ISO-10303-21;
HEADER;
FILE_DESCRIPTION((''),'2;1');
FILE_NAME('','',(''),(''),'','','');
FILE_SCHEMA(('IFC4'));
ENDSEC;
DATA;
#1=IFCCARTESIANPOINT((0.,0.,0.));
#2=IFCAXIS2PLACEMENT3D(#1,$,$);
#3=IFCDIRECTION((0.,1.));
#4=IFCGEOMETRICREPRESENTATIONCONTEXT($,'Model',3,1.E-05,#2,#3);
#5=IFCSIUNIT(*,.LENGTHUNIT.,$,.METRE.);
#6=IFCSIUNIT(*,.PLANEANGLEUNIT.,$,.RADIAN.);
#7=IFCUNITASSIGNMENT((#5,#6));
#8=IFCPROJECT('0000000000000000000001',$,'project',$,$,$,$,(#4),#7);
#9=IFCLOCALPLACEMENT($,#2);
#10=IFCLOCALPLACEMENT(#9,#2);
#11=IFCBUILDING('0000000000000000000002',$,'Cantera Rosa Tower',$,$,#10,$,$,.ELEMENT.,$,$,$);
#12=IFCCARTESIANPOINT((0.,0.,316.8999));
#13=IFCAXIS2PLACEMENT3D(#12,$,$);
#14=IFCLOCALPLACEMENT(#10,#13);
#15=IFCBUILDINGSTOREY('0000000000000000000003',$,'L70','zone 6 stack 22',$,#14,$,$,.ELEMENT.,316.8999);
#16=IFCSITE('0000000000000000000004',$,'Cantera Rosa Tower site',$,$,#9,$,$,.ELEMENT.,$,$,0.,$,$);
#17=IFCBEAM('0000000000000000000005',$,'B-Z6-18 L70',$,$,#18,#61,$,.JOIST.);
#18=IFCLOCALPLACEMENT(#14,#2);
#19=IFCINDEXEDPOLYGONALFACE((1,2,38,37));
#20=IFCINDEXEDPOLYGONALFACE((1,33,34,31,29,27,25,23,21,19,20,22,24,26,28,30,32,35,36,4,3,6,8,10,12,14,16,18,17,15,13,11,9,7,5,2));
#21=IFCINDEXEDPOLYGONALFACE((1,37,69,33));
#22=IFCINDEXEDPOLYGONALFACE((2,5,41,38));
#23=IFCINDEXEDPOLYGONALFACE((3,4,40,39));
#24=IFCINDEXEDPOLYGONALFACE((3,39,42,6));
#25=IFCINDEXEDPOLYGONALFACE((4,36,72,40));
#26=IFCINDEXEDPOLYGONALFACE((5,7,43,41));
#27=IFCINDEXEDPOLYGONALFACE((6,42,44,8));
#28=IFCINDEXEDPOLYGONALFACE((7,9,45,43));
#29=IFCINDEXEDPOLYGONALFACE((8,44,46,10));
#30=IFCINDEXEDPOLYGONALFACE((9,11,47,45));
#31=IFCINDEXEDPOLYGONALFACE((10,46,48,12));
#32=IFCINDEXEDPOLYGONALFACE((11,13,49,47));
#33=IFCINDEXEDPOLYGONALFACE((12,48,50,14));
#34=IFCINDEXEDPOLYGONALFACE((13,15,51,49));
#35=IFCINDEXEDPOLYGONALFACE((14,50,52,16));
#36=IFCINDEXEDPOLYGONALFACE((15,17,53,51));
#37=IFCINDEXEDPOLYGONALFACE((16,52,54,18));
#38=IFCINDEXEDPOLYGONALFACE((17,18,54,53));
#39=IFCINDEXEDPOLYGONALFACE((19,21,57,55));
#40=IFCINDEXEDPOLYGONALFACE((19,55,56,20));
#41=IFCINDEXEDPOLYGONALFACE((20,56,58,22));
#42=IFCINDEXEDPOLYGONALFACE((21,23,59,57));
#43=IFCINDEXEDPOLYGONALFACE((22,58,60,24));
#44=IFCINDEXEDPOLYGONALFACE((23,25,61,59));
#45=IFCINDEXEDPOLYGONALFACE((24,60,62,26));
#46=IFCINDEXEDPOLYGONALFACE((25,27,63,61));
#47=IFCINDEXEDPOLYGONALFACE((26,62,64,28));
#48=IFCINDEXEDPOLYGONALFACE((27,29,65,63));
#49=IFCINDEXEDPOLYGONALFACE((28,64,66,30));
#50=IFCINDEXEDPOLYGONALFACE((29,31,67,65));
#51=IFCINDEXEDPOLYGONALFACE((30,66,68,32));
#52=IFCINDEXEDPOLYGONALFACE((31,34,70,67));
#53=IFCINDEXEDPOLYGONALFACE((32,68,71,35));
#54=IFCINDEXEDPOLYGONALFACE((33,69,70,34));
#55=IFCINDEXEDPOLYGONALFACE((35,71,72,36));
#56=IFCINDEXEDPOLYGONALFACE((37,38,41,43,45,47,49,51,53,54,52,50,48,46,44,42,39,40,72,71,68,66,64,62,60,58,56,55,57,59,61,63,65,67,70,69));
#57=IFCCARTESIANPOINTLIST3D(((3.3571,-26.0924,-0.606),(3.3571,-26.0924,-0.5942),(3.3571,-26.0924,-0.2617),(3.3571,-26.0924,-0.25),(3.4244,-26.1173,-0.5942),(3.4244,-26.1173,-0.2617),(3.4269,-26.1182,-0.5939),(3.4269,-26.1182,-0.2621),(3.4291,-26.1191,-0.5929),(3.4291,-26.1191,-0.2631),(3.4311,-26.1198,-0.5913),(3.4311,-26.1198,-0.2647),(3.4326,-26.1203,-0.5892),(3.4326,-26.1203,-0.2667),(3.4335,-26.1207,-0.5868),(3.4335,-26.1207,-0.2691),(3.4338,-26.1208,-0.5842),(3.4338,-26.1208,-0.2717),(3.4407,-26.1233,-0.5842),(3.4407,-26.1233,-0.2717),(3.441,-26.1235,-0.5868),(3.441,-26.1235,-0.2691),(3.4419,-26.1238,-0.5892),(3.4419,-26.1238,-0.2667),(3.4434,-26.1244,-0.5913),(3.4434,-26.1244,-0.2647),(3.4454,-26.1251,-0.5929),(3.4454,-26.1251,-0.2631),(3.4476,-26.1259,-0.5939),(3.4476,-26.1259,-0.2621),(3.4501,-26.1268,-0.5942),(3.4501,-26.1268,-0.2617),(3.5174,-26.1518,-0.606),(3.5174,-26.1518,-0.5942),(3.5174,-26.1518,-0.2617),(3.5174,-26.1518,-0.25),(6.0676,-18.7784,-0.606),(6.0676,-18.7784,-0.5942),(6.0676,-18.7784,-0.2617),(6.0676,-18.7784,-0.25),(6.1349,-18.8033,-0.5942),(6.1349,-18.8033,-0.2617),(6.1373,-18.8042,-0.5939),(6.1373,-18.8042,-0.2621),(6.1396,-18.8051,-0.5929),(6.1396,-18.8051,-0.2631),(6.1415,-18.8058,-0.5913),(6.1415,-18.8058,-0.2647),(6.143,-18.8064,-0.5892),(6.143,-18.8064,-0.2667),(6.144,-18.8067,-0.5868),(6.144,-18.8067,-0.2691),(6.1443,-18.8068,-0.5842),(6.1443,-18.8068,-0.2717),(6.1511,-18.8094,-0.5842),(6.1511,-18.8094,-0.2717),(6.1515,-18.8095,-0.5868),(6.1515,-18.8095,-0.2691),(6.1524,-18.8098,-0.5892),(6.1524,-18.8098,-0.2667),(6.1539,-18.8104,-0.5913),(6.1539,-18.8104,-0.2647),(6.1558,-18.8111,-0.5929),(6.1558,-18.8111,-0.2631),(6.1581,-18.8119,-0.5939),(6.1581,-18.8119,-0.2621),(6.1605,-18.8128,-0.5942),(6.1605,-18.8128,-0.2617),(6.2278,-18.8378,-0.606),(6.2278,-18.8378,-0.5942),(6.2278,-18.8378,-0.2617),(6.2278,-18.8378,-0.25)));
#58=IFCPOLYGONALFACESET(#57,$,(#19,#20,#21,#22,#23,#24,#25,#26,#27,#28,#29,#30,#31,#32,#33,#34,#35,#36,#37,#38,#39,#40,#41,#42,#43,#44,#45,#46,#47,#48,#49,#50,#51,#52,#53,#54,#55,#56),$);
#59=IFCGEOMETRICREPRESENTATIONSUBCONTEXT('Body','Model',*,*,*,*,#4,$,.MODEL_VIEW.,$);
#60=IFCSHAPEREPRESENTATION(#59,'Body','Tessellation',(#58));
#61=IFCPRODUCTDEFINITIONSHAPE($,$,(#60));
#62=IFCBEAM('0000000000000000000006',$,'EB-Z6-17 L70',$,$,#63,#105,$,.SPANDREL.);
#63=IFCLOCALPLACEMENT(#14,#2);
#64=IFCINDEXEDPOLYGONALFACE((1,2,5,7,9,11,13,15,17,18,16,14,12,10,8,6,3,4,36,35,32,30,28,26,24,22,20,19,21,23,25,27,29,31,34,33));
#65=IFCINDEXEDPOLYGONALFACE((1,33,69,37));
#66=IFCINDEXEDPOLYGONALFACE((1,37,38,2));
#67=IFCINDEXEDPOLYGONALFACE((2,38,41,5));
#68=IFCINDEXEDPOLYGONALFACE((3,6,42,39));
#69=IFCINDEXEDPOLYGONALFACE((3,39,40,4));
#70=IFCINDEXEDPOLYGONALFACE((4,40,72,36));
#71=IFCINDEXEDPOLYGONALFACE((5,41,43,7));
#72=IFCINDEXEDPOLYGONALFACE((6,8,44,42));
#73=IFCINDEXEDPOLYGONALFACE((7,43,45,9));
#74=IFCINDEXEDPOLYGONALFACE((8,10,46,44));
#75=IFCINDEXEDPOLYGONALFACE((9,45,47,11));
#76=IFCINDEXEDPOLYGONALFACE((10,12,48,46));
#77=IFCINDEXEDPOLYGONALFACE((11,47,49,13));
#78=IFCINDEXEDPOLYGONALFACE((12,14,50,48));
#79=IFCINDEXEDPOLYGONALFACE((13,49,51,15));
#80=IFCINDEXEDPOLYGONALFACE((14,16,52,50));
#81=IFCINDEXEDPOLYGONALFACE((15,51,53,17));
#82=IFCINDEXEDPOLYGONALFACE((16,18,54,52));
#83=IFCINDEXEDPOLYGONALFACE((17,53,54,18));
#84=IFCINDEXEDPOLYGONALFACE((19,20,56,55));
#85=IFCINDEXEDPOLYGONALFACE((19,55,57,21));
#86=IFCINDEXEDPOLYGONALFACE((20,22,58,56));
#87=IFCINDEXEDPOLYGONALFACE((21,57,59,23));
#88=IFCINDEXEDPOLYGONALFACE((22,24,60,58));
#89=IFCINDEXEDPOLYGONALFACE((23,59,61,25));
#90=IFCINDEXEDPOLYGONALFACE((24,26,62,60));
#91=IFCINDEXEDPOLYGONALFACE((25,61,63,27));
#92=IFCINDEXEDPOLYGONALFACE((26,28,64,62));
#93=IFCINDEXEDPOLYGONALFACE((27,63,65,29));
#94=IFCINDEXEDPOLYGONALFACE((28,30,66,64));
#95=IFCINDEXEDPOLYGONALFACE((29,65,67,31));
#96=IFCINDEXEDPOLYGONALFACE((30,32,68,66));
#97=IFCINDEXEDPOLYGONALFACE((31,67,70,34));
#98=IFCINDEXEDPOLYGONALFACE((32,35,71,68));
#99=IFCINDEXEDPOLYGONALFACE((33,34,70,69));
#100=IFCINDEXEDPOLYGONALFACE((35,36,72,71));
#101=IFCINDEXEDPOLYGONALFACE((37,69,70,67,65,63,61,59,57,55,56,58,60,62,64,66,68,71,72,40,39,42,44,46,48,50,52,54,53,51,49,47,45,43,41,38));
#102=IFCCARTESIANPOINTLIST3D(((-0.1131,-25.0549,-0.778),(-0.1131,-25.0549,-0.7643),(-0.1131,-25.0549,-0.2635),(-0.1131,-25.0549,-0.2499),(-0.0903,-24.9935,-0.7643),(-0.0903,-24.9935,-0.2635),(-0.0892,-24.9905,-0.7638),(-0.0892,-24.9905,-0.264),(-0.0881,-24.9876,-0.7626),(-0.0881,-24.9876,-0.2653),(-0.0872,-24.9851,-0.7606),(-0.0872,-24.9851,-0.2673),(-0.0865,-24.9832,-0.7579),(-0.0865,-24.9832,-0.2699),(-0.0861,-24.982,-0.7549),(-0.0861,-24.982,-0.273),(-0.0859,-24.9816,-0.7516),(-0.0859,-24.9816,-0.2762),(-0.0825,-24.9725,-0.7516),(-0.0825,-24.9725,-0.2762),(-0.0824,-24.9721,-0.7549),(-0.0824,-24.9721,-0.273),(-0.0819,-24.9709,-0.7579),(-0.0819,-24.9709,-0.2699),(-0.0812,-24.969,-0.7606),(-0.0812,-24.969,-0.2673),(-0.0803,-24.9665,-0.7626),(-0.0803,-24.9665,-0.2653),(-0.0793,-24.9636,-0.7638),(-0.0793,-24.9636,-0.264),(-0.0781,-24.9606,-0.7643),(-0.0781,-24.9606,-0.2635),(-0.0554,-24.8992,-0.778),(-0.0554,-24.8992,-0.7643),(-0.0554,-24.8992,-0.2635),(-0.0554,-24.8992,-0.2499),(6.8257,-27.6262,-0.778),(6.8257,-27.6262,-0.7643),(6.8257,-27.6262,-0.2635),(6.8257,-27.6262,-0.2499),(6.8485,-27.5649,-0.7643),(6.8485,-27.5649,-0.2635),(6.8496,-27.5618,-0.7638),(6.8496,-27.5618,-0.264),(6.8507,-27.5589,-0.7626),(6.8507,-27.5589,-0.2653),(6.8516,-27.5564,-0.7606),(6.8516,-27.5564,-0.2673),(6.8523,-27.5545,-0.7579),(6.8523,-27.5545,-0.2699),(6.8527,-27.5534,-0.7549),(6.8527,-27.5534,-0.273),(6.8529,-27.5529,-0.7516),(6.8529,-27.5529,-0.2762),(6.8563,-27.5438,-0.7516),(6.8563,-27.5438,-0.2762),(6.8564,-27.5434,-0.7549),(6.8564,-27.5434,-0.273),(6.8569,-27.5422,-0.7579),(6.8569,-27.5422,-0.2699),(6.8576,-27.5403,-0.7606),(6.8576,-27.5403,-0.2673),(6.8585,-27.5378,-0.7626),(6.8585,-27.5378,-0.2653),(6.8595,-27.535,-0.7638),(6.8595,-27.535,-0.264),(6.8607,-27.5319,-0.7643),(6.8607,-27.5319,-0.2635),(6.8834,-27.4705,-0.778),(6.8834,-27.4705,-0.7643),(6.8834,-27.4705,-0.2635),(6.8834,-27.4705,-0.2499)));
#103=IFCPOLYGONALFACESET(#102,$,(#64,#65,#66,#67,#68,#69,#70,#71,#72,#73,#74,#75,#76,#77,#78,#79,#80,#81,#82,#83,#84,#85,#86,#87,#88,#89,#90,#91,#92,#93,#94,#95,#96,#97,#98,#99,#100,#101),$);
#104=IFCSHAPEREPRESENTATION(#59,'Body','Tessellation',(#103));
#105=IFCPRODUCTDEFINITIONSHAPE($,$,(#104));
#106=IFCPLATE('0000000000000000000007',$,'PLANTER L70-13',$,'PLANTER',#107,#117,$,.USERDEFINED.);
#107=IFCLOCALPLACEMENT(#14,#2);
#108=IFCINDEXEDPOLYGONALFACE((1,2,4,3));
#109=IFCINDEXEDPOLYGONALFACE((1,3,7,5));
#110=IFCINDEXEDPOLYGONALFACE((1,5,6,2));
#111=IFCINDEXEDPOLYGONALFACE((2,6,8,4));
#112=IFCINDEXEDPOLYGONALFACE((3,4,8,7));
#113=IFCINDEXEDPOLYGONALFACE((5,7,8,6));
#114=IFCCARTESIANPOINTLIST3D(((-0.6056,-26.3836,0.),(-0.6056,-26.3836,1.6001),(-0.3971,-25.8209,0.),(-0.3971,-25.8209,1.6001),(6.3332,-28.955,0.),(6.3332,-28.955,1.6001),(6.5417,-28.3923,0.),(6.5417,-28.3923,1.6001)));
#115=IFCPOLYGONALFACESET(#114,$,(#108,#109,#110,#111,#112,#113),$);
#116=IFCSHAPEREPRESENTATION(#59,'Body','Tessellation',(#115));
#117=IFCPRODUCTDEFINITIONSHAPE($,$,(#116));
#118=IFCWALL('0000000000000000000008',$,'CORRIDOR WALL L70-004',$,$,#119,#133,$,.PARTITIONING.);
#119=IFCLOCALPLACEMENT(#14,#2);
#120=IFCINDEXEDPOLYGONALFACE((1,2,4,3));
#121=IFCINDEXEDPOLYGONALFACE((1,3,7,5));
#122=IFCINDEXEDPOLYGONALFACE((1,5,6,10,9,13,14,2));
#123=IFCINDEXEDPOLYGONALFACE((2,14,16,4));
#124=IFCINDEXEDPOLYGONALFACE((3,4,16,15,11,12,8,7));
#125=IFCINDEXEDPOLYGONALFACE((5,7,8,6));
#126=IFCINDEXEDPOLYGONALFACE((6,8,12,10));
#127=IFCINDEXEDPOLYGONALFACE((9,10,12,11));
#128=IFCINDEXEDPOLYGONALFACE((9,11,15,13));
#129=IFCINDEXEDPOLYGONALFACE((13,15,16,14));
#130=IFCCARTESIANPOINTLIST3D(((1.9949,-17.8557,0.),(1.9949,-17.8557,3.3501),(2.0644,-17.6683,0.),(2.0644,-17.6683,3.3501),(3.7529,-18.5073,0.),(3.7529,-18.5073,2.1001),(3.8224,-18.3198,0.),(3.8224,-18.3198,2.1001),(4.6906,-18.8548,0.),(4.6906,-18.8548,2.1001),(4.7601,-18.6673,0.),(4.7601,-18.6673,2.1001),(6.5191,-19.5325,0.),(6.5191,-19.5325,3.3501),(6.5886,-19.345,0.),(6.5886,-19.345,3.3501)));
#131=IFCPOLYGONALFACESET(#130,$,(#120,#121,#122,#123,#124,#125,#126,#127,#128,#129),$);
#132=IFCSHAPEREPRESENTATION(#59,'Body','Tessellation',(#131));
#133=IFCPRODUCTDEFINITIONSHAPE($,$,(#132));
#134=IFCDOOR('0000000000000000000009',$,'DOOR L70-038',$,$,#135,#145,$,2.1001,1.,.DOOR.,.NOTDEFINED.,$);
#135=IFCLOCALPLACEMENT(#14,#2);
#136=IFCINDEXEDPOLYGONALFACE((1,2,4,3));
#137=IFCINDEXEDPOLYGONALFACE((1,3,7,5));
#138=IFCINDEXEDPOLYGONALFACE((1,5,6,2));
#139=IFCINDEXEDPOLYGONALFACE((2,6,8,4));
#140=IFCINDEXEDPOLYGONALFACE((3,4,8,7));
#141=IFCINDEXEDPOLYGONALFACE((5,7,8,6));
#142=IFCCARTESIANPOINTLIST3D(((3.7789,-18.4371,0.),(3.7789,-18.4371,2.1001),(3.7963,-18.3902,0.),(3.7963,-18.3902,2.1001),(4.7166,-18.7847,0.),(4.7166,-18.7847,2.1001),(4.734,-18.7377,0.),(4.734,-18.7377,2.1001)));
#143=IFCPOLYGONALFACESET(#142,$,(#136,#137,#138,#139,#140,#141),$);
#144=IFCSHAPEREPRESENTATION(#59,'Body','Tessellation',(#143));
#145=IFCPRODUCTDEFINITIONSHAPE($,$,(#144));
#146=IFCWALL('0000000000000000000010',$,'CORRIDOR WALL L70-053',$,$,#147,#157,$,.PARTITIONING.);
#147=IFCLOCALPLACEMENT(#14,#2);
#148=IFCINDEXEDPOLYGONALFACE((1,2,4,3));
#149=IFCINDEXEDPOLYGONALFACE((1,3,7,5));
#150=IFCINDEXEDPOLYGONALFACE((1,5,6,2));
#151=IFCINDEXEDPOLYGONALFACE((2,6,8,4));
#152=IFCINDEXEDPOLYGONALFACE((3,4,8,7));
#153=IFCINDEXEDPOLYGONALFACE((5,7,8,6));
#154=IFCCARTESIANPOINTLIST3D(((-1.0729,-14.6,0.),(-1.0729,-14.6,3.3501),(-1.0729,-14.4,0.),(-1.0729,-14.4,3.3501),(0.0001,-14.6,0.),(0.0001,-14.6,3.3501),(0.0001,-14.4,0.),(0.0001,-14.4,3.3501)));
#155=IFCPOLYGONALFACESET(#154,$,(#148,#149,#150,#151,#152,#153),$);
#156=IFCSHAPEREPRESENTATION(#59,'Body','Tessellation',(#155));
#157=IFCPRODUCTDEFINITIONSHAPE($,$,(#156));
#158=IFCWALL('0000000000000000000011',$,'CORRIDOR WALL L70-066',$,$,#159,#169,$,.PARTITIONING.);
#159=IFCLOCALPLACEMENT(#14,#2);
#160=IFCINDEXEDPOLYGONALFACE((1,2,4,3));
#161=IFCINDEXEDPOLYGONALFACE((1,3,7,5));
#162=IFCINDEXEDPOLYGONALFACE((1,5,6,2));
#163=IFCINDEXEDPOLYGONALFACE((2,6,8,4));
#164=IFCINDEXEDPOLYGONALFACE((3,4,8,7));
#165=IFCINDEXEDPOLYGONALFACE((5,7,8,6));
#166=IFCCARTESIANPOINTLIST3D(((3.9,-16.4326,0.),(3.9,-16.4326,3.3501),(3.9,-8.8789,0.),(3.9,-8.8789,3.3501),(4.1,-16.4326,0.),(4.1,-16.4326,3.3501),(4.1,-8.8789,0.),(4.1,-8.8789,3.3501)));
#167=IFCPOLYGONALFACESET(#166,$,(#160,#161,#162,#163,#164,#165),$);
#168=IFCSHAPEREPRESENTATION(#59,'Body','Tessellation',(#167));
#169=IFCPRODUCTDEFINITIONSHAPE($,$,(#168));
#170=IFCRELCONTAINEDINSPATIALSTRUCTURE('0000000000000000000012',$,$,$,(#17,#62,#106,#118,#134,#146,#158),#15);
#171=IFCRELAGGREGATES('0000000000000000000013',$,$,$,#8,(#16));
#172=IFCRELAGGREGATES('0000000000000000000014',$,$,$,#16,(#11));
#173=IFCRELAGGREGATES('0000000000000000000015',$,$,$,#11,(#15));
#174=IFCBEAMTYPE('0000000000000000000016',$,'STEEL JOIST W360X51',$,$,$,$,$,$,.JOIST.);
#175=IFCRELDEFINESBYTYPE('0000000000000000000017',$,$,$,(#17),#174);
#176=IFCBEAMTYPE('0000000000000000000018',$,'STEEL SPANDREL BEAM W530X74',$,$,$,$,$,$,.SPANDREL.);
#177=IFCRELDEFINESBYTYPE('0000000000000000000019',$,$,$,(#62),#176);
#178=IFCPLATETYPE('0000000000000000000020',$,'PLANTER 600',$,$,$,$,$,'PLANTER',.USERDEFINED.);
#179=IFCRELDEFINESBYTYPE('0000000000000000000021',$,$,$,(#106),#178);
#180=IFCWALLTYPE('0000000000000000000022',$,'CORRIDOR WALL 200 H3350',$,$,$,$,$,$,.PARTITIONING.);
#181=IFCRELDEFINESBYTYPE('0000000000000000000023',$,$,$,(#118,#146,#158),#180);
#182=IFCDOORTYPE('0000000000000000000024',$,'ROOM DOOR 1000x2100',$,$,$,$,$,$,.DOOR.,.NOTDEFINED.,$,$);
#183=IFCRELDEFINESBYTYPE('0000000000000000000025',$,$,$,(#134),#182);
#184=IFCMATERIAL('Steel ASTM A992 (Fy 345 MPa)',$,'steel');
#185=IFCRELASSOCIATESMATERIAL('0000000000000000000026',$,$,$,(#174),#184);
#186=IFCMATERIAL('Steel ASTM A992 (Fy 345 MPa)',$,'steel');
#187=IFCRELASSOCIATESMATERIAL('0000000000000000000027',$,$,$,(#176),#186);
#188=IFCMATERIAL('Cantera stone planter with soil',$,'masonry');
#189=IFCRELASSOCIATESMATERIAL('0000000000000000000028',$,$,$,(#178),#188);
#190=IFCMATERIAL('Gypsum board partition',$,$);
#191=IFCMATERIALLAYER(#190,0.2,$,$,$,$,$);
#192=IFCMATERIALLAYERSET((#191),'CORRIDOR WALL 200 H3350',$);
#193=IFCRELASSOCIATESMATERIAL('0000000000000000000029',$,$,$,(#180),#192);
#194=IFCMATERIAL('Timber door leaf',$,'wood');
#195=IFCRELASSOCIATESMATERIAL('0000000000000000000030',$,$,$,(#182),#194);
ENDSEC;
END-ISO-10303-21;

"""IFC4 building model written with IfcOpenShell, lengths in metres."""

from ifc_helpers import new_model, si_unit, direction, frame, frame_2d, origin, origin_2d, place, context, subcontext, project, spatial, rectangle, i_section, extrude, material, layer, layer_set, material_profile, profile_set, type_object, element, fill, save


model = new_model("IFC4")

# Units and contexts
model_context = context("Model", 3, precision=1e-05, world=origin(), true_north=direction((0.0, 1.0)))
body_context = subcontext(model_context, "Body", "Model", "MODEL_VIEW")
ifc_project = project(units=[si_unit("LENGTHUNIT", "METRE"), si_unit("PLANEANGLEUNIT", "RADIAN")], contexts=[model_context])

# Site, building, storey
site_placement = place(None, origin())
site = spatial("IfcSite", under=ifc_project, at=site_placement, Name="Cantera Rosa Tower site", CompositionType="ELEMENT", RefElevation=0.0)
building_placement = place(site_placement, origin())
building = spatial("IfcBuilding", under=site, at=building_placement, Name="Cantera Rosa Tower", CompositionType="ELEMENT")
storey_placement = place(building_placement, frame((0.0, 0.0, 316.8999)))
storey = spatial("IfcBuildingStorey", under=building, at=storey_placement, Name="L70", Description="zone 6 stack 22", CompositionType="ELEMENT", Elevation=316.8999)

# Beams
ifc_material_1 = material(Name="Steel ASTM A992 (Fy 345 MPa)", Category="steel")
ifc_material_profile_1 = material_profile(ifc_material_1, i_section(OverallWidth=0.1709, OverallDepth=0.356, WebThickness=0.0073, FlangeThickness=0.0117, FilletRadius=0.01, at=origin_2d()), Name="W360X51")
ifc_profile_set_1 = profile_set([ifc_material_profile_1], Name="Steel ASTM A992 (Fy 345 MPa)")
beam_type_1 = type_object("IfcBeamType", Name="STEEL JOIST W360X51", PredefinedType="JOIST", material=ifc_profile_set_1)
beam_1_placement = place(storey_placement, frame((3.4373, -26.1221, -0.428), z_axis=(0.347492, 0.937683, 0.0), x_axis=(-0.937683, 0.347492, 0.0)))
element("IfcBeam", 1, at=beam_1_placement, inside=storey, type_object=beam_type_1, Name="B-Z6-18 L70", PredefinedType="JOIST", context=body_context, shape_type="SweptSolid", body=[
    extrude(i_section(OverallWidth=0.1709, OverallDepth=0.356, WebThickness=0.0073, FlangeThickness=0.0117, FilletRadius=0.01, at=origin_2d()), origin(), (0.0, 0.0, 1.0), 7.8),
])
ifc_material_2 = material(Name="Steel ASTM A992 (Fy 345 MPa)", Category="steel")
ifc_material_profile_2 = material_profile(ifc_material_2, i_section(OverallWidth=0.166, OverallDepth=0.5281, WebThickness=0.0098, FlangeThickness=0.0137, FilletRadius=0.0127, at=origin_2d()), Name="W530X74")
ifc_profile_set_2 = profile_set([ifc_material_profile_2], Name="Steel ASTM A992 (Fy 345 MPa)")
beam_type_2 = type_object("IfcBeamType", Name="STEEL SPANDREL BEAM W530X74", PredefinedType="SPANDREL", material=ifc_profile_set_2)
beam_2_placement = place(storey_placement, frame((-0.0842, -24.9771, -0.5139), z_axis=(0.937687, -0.34748, 0.0), x_axis=(0.34748, 0.937687, 0.0)))
element("IfcBeam", 2, at=beam_2_placement, inside=storey, type_object=beam_type_2, Name="EB-Z6-17 L70", PredefinedType="SPANDREL", context=body_context, shape_type="SweptSolid", body=[
    extrude(i_section(OverallWidth=0.166, OverallDepth=0.5281, WebThickness=0.0098, FlangeThickness=0.0137, FilletRadius=0.0127, at=origin_2d()), origin(), (0.0, 0.0, 1.0), 7.3999),
])

# Plate
ifc_material_3 = material(Name="Cantera stone planter with soil", Category="masonry")
plate_type = type_object("IfcPlateType", Name="PLANTER 600", ElementType="PLANTER", PredefinedType="USERDEFINED", material=ifc_material_3)
plate_placement = place(storey_placement, frame((2.968, -27.3879, 0.0), z_axis=(0.0, 0.0, 1.0), x_axis=(0.937687, -0.347481, 0.0)))
element("IfcPlate", 3, at=plate_placement, inside=storey, type_object=plate_type, Name="PLANTER L70-13", ObjectType="PLANTER", PredefinedType="USERDEFINED", context=body_context, shape_type="SweptSolid", body=[
    extrude(rectangle(XDim=7.3999, YDim=0.6001, at=origin_2d()), origin(), (0.0, 0.0, 1.0), 1.6001),
])

# Wall, opening, door
ifc_material_4 = material(Name="Gypsum board partition")
ifc_layer_1 = layer(ifc_material_4, 0.2)
ifc_layer_set_1 = layer_set([ifc_layer_1], Name="CORRIDOR WALL 200 H3350")
wall_type_1 = type_object("IfcWallType", Name="CORRIDOR WALL 200 H3350", PredefinedType="PARTITIONING", material=ifc_layer_set_1)
wall_1_placement = place(storey_placement, frame((2.0295, -17.762, 0.0), z_axis=(0.0, 0.0, 1.0), x_axis=(0.937672, -0.347522, 0.0)))
wall_1 = element("IfcWall", 4, at=wall_1_placement, inside=storey, type_object=wall_type_1, Name="CORRIDOR WALL L70-004", PredefinedType="PARTITIONING", context=body_context, shape_type="SweptSolid", body=[
    extrude(rectangle(XDim=4.825, YDim=0.2, at=frame_2d((2.4126, 0.0))), origin(), (0.0, 0.0, 1.0), 3.3501),
])
opening_1_placement = place(wall_1_placement, frame((1.875, 0.0, 0.0)))
opening_1 = element("IfcOpeningElement", 5, at=opening_1_placement, cuts=wall_1, PredefinedType="OPENING", context=body_context, shape_type="SweptSolid", body=[
    extrude(rectangle(XDim=1.0, YDim=2.1001, at=frame_2d((0.5, 1.05))), frame((0.0, 0.1099, 0.0), z_axis=(0.0, -1.0, 0.0), x_axis=(1.0, 0.0, 0.0)), (0.0, 0.0, 1.0), 0.22),
])
ifc_material_5 = material(Name="Timber door leaf", Category="wood")
door_type_1 = type_object("IfcDoorType", Name="ROOM DOOR 1000x2100", OperationType="NOTDEFINED", PredefinedType="DOOR", material=ifc_material_5)
door_1_placement = place(opening_1_placement, origin())
door_1 = element("IfcDoor", 6, at=door_1_placement, inside=storey, type_object=door_type_1, Name="DOOR L70-038", OperationType="NOTDEFINED", OverallHeight=2.1001, OverallWidth=1.0, PredefinedType="DOOR", context=body_context, shape_type="SweptSolid", body=[
    extrude(rectangle(XDim=1.0, YDim=2.1001, at=frame_2d((0.5, 1.05))), frame((0.0, 0.0249, 0.0), z_axis=(0.0, -1.0, 0.0), x_axis=(1.0, 0.0, 0.0)), (0.0, 0.0, 1.0), 0.05),
])
fill(opening_1, door_1)

# Walls
wall_2_placement = place(storey_placement, frame((-1.073, -14.5, 0.0), z_axis=(0.0, 0.0, 1.0), x_axis=(1.0, 0.0, 0.0)))
element("IfcWall", 7, at=wall_2_placement, inside=storey, type_object=wall_type_1, Name="CORRIDOR WALL L70-053", PredefinedType="PARTITIONING", context=body_context, shape_type="SweptSolid", body=[
    extrude(rectangle(XDim=1.073, YDim=0.2, at=frame_2d((0.5366, 0.0))), origin(), (0.0, 0.0, 1.0), 3.3501),
])
wall_3_placement = place(storey_placement, frame((4.0, -16.4326, 0.0), z_axis=(0.0, 0.0, 1.0), x_axis=(0.0, 1.0, 0.0)))
element("IfcWall", 8, at=wall_3_placement, inside=storey, type_object=wall_type_1, Name="CORRIDOR WALL L70-066", PredefinedType="PARTITIONING", context=body_context, shape_type="SweptSolid", body=[
    extrude(rectangle(XDim=7.5537, YDim=0.2, at=frame_2d((3.7769, 0.0))), origin(), (0.0, 0.0, 1.0), 3.3501),
])

save(model, "model.ifc")
